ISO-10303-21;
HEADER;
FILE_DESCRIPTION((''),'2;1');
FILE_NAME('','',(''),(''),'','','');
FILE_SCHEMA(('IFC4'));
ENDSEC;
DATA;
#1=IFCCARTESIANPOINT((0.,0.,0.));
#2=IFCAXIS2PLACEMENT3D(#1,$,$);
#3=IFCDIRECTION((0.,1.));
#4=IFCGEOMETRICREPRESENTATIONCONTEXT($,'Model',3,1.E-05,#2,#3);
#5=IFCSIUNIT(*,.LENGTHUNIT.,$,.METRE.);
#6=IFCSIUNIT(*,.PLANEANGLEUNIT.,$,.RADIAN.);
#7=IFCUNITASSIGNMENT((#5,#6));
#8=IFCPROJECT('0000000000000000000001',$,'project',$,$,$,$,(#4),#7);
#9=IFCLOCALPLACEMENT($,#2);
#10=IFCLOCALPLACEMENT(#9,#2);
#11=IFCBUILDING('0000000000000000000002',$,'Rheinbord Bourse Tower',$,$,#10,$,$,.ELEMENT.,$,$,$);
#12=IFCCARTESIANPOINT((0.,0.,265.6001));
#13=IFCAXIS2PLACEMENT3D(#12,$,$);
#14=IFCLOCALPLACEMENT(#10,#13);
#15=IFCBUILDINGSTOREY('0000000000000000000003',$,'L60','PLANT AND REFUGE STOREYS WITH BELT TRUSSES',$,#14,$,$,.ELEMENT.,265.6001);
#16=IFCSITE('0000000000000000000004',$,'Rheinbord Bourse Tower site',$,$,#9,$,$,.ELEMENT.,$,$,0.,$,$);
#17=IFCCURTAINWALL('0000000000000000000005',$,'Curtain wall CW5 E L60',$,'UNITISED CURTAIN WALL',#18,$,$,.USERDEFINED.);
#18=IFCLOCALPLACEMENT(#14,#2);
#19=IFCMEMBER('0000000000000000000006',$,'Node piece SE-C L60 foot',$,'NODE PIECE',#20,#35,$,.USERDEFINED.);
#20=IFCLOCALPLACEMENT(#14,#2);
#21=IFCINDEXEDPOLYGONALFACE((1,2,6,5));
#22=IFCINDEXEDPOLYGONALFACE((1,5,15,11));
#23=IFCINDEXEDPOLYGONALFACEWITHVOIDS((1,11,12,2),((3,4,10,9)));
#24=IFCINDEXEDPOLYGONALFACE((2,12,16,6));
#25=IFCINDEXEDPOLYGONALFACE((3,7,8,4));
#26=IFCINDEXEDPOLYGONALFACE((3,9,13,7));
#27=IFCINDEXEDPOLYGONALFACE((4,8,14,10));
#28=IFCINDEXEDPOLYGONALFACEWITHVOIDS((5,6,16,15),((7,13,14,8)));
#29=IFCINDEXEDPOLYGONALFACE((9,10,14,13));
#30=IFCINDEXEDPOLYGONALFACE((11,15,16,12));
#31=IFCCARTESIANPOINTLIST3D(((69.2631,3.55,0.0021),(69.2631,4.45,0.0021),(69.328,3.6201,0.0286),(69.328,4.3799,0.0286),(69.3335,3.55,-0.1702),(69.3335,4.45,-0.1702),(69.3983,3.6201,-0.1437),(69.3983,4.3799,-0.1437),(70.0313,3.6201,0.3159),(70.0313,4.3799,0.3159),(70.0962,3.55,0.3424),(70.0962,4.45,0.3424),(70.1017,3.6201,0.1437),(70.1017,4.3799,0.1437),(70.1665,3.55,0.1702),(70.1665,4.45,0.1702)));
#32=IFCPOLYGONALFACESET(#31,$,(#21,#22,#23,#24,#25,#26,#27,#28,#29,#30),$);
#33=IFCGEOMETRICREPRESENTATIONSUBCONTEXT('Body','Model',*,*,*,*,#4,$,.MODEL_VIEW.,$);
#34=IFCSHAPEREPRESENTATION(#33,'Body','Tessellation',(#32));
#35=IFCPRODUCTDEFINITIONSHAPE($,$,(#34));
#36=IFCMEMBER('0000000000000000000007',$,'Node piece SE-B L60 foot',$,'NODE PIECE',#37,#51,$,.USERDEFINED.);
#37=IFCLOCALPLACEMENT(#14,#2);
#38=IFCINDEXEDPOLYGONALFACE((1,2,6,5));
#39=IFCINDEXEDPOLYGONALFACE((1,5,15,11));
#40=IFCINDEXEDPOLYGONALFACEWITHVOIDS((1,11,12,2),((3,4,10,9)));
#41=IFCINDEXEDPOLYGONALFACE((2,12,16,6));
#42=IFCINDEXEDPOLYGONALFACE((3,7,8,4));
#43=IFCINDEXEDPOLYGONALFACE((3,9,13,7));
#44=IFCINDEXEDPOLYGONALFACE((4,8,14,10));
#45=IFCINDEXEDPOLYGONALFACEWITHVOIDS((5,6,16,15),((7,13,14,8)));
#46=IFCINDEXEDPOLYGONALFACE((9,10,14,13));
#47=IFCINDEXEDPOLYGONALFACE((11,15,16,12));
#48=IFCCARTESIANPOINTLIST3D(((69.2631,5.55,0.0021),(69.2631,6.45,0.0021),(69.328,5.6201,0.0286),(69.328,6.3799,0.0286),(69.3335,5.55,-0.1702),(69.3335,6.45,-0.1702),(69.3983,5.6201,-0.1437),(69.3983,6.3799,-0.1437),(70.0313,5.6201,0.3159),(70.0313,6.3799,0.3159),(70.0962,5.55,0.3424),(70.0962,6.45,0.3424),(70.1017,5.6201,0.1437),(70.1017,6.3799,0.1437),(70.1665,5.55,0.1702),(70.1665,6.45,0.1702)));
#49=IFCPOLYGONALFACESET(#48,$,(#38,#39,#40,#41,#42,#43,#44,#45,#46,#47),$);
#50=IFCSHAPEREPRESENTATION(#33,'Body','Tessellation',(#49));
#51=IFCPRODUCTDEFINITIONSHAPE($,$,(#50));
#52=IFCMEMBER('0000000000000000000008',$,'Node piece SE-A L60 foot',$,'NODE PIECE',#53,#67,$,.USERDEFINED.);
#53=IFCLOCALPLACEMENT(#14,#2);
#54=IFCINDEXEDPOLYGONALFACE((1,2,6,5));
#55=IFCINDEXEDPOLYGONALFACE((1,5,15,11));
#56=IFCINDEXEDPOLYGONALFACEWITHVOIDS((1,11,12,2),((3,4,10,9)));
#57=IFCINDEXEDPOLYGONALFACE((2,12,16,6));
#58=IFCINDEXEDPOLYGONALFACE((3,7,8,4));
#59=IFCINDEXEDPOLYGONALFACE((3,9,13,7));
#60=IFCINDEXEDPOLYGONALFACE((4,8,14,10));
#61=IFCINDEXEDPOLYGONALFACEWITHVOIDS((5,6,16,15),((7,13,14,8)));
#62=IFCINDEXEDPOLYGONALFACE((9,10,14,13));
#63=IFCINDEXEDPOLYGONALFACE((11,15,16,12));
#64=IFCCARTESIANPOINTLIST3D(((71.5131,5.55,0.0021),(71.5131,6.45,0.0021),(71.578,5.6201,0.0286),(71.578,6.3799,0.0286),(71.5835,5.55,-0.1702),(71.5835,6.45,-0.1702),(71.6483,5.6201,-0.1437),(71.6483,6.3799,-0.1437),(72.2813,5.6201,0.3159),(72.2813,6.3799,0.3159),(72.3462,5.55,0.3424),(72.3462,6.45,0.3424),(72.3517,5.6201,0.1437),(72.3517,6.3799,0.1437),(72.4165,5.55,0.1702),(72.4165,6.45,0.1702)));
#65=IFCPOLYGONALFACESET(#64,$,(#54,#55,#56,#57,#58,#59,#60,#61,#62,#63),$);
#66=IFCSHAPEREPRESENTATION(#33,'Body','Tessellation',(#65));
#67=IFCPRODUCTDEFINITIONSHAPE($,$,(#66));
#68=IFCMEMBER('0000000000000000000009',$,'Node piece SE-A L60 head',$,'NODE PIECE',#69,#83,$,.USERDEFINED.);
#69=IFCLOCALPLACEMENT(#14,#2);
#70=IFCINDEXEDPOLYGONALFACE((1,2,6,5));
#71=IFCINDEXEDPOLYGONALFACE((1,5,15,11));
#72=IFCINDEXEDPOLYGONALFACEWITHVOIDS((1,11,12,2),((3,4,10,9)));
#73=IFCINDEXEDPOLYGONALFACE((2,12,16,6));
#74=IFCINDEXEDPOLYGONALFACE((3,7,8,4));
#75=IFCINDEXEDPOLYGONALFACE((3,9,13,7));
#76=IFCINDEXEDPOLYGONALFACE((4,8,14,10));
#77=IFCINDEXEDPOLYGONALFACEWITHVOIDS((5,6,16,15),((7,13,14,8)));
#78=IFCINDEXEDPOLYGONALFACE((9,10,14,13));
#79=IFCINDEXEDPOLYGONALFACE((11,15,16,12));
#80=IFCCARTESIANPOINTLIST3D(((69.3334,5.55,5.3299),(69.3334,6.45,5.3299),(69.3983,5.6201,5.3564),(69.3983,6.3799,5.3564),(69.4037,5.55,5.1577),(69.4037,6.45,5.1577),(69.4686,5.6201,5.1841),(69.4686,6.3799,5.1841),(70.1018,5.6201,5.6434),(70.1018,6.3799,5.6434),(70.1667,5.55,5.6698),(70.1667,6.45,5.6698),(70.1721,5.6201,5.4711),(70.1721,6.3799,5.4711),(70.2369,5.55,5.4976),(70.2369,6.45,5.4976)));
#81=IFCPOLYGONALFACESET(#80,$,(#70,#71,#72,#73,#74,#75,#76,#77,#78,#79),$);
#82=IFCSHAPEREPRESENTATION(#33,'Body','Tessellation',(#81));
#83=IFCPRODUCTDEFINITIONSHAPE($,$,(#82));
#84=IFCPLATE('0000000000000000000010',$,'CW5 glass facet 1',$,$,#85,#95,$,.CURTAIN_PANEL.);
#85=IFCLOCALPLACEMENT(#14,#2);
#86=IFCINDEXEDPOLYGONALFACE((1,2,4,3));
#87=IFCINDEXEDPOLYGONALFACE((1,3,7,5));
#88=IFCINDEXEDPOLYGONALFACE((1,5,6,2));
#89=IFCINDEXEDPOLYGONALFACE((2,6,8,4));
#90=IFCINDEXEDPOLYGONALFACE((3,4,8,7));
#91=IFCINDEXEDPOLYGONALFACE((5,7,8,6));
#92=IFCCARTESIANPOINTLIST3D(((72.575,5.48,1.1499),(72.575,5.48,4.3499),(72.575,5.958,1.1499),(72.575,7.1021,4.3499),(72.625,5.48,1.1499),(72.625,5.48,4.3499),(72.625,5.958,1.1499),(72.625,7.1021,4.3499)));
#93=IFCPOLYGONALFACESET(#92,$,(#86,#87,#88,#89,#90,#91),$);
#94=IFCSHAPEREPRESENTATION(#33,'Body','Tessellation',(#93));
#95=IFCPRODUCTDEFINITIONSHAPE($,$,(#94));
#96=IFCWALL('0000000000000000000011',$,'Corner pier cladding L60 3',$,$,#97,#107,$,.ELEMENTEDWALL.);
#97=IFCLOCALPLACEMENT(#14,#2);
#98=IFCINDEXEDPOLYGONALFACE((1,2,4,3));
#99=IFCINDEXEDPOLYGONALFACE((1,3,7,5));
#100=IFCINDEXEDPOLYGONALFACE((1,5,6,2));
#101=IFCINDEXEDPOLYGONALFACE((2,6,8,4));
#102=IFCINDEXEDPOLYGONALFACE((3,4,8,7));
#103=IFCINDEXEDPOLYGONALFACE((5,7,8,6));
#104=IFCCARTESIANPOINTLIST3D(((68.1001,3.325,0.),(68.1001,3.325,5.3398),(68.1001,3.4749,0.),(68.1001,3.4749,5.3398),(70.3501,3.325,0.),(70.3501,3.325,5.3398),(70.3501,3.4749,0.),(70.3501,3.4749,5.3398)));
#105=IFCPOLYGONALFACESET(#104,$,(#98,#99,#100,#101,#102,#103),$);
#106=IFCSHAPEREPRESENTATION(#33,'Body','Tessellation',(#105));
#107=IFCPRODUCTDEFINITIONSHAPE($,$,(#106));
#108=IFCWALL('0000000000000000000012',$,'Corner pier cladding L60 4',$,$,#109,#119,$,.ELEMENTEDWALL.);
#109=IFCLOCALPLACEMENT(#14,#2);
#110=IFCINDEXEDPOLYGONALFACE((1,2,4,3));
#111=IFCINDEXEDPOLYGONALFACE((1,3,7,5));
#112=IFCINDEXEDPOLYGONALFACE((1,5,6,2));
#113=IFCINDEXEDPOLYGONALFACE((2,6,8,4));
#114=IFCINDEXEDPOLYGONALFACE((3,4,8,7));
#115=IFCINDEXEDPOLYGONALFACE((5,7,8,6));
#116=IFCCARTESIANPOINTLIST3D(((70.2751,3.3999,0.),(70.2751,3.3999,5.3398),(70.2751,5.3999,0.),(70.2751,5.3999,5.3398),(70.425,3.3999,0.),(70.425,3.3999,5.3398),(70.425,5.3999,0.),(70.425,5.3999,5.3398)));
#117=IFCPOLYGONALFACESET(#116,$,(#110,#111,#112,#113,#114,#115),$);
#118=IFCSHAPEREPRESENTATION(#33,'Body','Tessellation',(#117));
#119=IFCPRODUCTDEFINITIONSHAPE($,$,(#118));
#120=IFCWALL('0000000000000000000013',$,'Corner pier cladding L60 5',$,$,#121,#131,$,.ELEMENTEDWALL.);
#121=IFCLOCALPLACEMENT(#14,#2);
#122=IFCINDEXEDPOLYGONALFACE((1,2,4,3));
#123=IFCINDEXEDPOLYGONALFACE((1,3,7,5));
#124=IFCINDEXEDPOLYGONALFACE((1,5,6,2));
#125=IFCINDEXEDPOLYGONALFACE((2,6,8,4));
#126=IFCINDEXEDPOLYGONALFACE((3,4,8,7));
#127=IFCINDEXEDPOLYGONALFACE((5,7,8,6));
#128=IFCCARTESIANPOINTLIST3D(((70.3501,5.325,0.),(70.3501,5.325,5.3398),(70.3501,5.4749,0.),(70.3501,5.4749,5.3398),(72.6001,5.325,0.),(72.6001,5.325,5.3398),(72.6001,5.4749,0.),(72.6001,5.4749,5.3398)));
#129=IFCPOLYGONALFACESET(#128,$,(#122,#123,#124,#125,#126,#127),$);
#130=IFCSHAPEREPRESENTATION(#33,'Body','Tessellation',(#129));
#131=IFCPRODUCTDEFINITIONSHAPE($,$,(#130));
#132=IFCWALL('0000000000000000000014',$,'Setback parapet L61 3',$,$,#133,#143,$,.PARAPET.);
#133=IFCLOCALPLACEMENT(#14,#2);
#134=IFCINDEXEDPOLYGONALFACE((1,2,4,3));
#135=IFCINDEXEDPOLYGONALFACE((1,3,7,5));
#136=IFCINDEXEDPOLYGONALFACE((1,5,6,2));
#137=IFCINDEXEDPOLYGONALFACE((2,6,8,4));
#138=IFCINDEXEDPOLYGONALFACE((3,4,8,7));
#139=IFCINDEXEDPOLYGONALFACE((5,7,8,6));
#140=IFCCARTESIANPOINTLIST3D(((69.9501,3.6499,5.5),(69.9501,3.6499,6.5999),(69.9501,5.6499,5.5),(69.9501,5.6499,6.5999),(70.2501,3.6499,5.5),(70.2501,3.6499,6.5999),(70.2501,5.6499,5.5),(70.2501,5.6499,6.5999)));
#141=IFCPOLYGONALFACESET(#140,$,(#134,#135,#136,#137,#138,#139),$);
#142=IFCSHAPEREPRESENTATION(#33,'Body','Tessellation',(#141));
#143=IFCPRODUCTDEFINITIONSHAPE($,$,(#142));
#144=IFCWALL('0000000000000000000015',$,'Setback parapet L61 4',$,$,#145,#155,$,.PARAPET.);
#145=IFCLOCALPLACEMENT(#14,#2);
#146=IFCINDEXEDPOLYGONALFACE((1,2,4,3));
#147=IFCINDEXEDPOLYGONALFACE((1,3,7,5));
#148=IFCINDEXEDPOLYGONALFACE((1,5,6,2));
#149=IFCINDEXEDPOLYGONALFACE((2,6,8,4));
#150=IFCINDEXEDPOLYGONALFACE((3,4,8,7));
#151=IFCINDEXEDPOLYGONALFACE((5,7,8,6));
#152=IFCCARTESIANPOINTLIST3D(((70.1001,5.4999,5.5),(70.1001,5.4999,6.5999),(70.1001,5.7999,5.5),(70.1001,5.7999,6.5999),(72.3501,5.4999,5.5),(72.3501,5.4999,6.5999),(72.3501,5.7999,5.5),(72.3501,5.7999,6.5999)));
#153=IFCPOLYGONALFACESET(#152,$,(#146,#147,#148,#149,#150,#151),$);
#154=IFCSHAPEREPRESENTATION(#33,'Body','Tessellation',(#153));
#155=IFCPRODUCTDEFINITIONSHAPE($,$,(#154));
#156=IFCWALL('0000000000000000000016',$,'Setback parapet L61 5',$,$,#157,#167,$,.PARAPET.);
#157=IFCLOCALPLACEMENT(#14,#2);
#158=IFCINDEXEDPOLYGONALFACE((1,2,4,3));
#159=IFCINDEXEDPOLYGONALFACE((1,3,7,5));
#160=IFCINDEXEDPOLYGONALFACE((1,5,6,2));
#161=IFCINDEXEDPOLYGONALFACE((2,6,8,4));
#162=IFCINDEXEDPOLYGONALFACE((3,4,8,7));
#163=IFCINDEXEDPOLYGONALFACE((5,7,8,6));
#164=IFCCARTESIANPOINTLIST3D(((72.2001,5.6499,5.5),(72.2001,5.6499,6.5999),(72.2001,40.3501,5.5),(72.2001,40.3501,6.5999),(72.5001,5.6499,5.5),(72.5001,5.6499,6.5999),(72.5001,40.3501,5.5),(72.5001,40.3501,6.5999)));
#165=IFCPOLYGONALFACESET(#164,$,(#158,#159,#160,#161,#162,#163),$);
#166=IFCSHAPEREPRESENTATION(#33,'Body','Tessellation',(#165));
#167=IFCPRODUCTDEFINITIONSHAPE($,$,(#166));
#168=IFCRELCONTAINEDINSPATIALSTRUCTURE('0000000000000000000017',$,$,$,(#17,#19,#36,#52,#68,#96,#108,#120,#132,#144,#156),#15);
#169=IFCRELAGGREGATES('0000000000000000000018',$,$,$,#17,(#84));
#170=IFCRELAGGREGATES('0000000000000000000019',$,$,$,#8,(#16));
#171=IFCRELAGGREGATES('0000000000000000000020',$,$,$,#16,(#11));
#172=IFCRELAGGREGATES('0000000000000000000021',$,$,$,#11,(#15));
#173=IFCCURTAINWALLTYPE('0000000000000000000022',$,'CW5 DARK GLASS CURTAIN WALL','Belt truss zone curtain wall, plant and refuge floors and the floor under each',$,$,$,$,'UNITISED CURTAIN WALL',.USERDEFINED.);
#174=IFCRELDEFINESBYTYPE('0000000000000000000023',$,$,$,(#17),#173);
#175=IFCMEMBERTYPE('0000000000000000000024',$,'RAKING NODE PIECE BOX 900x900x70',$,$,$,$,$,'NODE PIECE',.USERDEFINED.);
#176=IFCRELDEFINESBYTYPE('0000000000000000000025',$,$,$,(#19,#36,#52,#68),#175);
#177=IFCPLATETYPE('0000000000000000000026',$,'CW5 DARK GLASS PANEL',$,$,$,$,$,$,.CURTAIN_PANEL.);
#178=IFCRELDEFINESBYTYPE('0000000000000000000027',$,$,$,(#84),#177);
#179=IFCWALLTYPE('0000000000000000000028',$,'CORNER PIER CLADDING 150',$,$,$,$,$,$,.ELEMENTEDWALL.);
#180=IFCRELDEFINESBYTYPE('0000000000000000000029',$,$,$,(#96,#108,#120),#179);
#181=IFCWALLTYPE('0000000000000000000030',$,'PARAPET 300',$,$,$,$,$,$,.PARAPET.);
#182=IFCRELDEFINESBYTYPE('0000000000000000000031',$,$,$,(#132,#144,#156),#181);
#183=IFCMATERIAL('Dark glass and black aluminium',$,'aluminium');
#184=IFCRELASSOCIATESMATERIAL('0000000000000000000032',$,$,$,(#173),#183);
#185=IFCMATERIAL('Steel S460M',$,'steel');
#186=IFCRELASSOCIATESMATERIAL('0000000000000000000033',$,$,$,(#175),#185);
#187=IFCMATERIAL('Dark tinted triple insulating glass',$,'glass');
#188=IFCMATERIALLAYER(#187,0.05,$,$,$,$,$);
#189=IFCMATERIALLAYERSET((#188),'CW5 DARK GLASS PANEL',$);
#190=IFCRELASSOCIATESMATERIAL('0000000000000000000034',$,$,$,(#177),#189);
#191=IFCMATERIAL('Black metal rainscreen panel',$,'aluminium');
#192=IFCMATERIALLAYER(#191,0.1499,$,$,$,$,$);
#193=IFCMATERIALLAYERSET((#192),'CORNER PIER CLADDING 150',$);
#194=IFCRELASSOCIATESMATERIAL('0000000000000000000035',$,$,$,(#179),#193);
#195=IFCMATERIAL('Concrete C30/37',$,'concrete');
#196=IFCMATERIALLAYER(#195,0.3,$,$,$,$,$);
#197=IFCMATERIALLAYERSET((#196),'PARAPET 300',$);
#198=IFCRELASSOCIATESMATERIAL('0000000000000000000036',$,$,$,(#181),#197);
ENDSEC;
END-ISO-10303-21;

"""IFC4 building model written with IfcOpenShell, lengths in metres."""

from ifc_helpers import new_model, si_unit, direction, frame, frame_2d, origin, origin_2d, place, context, subcontext, project, spatial, polyline, rectangle, hollow_rectangle, outline, extrude, material, layer, layer_set, material_profile, profile_set, type_object, element, aggregate, save


model = new_model("IFC4")

# Units and contexts
model_context = context("Model", 3, precision=1e-05, world=origin(), true_north=direction((0.0, 1.0)))
body_context = subcontext(model_context, "Body", "Model", "MODEL_VIEW")
ifc_project = project(units=[si_unit("LENGTHUNIT", "METRE"), si_unit("PLANEANGLEUNIT", "RADIAN")], contexts=[model_context])

# Site, building, storey
site_placement = place(None, origin())
site = spatial("IfcSite", under=ifc_project, at=site_placement, Name="Rheinbord Bourse Tower site", CompositionType="ELEMENT", RefElevation=0.0)
building_placement = place(site_placement, origin())
building = spatial("IfcBuilding", under=site, at=building_placement, Name="Rheinbord Bourse Tower", CompositionType="ELEMENT")
storey_placement = place(building_placement, frame((0.0, 0.0, 265.6001)))
storey = spatial("IfcBuildingStorey", under=building, at=storey_placement, Name="L60", Description="PLANT AND REFUGE STOREYS WITH BELT TRUSSES", CompositionType="ELEMENT", Elevation=265.6001)

# Curtain wall
ifc_material_1 = material(Name="Dark glass and black aluminium", Category="aluminium")
curtain_wall_type = type_object("IfcCurtainWallType", Name="CW5 DARK GLASS CURTAIN WALL", Description="Belt truss zone curtain wall, plant and refuge floors and the floor under each", ElementType="UNITISED CURTAIN WALL", PredefinedType="USERDEFINED", material=ifc_material_1)
curtain_wall_placement = place(storey_placement, origin())
curtain_wall = element("IfcCurtainWall", 1, at=curtain_wall_placement, inside=storey, type_object=curtain_wall_type, Name="Curtain wall CW5 E L60", ObjectType="UNITISED CURTAIN WALL", PredefinedType="USERDEFINED")

# Members
ifc_material_2 = material(Name="Steel S460M", Category="steel")
ifc_material_profile_1 = material_profile(ifc_material_2, hollow_rectangle(XDim=0.8999, YDim=0.8999, WallThickness=0.0701, at=origin_2d()), Name="BOX 900x900x70")
ifc_profile_set_1 = profile_set([ifc_material_profile_1], Name="Steel S460M")
member_type_1 = type_object("IfcMemberType", Name="RAKING NODE PIECE BOX 900x900x70", ElementType="NODE PIECE", PredefinedType="USERDEFINED", material=ifc_profile_set_1)
for number, where, z_axis, x_axis, name in (
    (2, (69.75, 4.0, 0.0), (-0.378173, 0.0, 0.925735), (0.925735, 0.0, 0.378173), "Node piece SE-C L60 foot"),
    (3, (69.75, 6.0, 0.0), (-0.378173, 0.0, 0.925735), (0.925735, 0.0, 0.378173), "Node piece SE-B L60 foot"),
    (4, (72.0, 6.0, 0.0), (-0.378173, 0.0, 0.925735), (0.925735, 0.0, 0.378173), "Node piece SE-A L60 foot"),
    (5, (69.8203, 6.0, 5.3276), (-0.377713, 0.0, 0.925923), (0.925923, 0.0, 0.377713), "Node piece SE-A L60 head"),
):
    element("IfcMember", number, at=place(storey_placement, frame(where, z_axis=z_axis, x_axis=x_axis)), inside=storey, type_object=member_type_1, Name=name, ObjectType="NODE PIECE", PredefinedType="USERDEFINED", context=body_context, shape_type="SweptSolid", body=[
        extrude(hollow_rectangle(XDim=0.8999, YDim=0.8999, WallThickness=0.0701, at=origin_2d()), origin(), (0.0, 0.0, 1.0), 0.186),
    ])

# Plate
ifc_material_3 = material(Name="Dark tinted triple insulating glass", Category="glass")
ifc_layer_1 = layer(ifc_material_3, 0.05)
ifc_layer_set_1 = layer_set([ifc_layer_1], Name="CW5 DARK GLASS PANEL")
plate_type = type_object("IfcPlateType", Name="CW5 DARK GLASS PANEL", PredefinedType="CURTAIN_PANEL", material=ifc_layer_set_1)
plate_placement = place(storey_placement, frame((72.625, 5.48, 1.1499), z_axis=(-1.0, 0.0, 0.0), x_axis=(0.0, 0.0, 1.0)))
plate = element("IfcPlate", 6, at=plate_placement, type_object=plate_type, Name="CW5 glass facet 1", PredefinedType="CURTAIN_PANEL", context=body_context, shape_type="SweptSolid", body=[
    extrude(outline(polyline([(0.0, 0.0), (3.2, 0.0), (3.2, 1.6221), (0.0, 0.478), (0.0, 0.0)])), origin(), (0.0, 0.0, 1.0), 0.05),
])
aggregate(curtain_wall, [plate])

# Walls
ifc_material_4 = material(Name="Black metal rainscreen panel", Category="aluminium")
ifc_layer_2 = layer(ifc_material_4, 0.1499)
ifc_layer_set_2 = layer_set([ifc_layer_2], Name="CORNER PIER CLADDING 150")
wall_type_1 = type_object("IfcWallType", Name="CORNER PIER CLADDING 150", PredefinedType="ELEMENTEDWALL", material=ifc_layer_set_2)
wall_1_placement = place(storey_placement, frame((68.1001, 3.3999, 0.0), z_axis=(0.0, 0.0, 1.0), x_axis=(1.0, 0.0, 0.0)))
element("IfcWall", 7, at=wall_1_placement, inside=storey, type_object=wall_type_1, Name="Corner pier cladding L60 3", PredefinedType="ELEMENTEDWALL", context=body_context, shape_type="SweptSolid", body=[
    extrude(rectangle(XDim=2.25, YDim=0.1499, at=frame_2d((1.125, 0.0))), origin(), (0.0, 0.0, 1.0), 5.3398),
])
wall_2_placement = place(storey_placement, frame((70.3501, 3.3999, 0.0), z_axis=(0.0, 0.0, 1.0), x_axis=(0.0, 1.0, 0.0)))
element("IfcWall", 8, at=wall_2_placement, inside=storey, type_object=wall_type_1, Name="Corner pier cladding L60 4", PredefinedType="ELEMENTEDWALL", context=body_context, shape_type="SweptSolid", body=[
    extrude(rectangle(XDim=2.0, YDim=0.1499, at=frame_2d((1.0, 0.0))), origin(), (0.0, 0.0, 1.0), 5.3398),
])
wall_3_placement = place(storey_placement, frame((70.3501, 5.3999, 0.0), z_axis=(0.0, 0.0, 1.0), x_axis=(1.0, 0.0, 0.0)))
element("IfcWall", 9, at=wall_3_placement, inside=storey, type_object=wall_type_1, Name="Corner pier cladding L60 5", PredefinedType="ELEMENTEDWALL", context=body_context, shape_type="SweptSolid", body=[
    extrude(rectangle(XDim=2.25, YDim=0.1499, at=frame_2d((1.125, 0.0))), origin(), (0.0, 0.0, 1.0), 5.3398),
])
ifc_material_5 = material(Name="Concrete C30/37", Category="concrete")
ifc_layer_3 = layer(ifc_material_5, 0.3)
ifc_layer_set_3 = layer_set([ifc_layer_3], Name="PARAPET 300")
wall_type_2 = type_object("IfcWallType", Name="PARAPET 300", PredefinedType="PARAPET", material=ifc_layer_set_3)
wall_4_placement = place(storey_placement, frame((70.1001, 3.6499, 5.5), z_axis=(0.0, 0.0, 1.0), x_axis=(0.0, 1.0, 0.0)))
element("IfcWall", 10, at=wall_4_placement, inside=storey, type_object=wall_type_2, Name="Setback parapet L61 3", PredefinedType="PARAPET", context=body_context, shape_type="SweptSolid", body=[
    extrude(rectangle(XDim=2.0, YDim=0.3, at=frame_2d((1.0, 0.0))), origin(), (0.0, 0.0, 1.0), 1.0999),
])
wall_5_placement = place(storey_placement, frame((70.1001, 5.6499, 5.5), z_axis=(0.0, 0.0, 1.0), x_axis=(1.0, 0.0, 0.0)))
element("IfcWall", 11, at=wall_5_placement, inside=storey, type_object=wall_type_2, Name="Setback parapet L61 4", PredefinedType="PARAPET", context=body_context, shape_type="SweptSolid", body=[
    extrude(rectangle(XDim=2.25, YDim=0.3, at=frame_2d((1.125, 0.0))), origin(), (0.0, 0.0, 1.0), 1.0999),
])
wall_6_placement = place(storey_placement, frame((72.3501, 5.6499, 5.5), z_axis=(0.0, 0.0, 1.0), x_axis=(0.0, 1.0, 0.0)))
element("IfcWall", 12, at=wall_6_placement, inside=storey, type_object=wall_type_2, Name="Setback parapet L61 5", PredefinedType="PARAPET", context=body_context, shape_type="SweptSolid", body=[
    extrude(rectangle(XDim=34.7002, YDim=0.3, at=frame_2d((17.3501, 0.0))), origin(), (0.0, 0.0, 1.0), 1.0999),
])

save(model, "model.ifc")
